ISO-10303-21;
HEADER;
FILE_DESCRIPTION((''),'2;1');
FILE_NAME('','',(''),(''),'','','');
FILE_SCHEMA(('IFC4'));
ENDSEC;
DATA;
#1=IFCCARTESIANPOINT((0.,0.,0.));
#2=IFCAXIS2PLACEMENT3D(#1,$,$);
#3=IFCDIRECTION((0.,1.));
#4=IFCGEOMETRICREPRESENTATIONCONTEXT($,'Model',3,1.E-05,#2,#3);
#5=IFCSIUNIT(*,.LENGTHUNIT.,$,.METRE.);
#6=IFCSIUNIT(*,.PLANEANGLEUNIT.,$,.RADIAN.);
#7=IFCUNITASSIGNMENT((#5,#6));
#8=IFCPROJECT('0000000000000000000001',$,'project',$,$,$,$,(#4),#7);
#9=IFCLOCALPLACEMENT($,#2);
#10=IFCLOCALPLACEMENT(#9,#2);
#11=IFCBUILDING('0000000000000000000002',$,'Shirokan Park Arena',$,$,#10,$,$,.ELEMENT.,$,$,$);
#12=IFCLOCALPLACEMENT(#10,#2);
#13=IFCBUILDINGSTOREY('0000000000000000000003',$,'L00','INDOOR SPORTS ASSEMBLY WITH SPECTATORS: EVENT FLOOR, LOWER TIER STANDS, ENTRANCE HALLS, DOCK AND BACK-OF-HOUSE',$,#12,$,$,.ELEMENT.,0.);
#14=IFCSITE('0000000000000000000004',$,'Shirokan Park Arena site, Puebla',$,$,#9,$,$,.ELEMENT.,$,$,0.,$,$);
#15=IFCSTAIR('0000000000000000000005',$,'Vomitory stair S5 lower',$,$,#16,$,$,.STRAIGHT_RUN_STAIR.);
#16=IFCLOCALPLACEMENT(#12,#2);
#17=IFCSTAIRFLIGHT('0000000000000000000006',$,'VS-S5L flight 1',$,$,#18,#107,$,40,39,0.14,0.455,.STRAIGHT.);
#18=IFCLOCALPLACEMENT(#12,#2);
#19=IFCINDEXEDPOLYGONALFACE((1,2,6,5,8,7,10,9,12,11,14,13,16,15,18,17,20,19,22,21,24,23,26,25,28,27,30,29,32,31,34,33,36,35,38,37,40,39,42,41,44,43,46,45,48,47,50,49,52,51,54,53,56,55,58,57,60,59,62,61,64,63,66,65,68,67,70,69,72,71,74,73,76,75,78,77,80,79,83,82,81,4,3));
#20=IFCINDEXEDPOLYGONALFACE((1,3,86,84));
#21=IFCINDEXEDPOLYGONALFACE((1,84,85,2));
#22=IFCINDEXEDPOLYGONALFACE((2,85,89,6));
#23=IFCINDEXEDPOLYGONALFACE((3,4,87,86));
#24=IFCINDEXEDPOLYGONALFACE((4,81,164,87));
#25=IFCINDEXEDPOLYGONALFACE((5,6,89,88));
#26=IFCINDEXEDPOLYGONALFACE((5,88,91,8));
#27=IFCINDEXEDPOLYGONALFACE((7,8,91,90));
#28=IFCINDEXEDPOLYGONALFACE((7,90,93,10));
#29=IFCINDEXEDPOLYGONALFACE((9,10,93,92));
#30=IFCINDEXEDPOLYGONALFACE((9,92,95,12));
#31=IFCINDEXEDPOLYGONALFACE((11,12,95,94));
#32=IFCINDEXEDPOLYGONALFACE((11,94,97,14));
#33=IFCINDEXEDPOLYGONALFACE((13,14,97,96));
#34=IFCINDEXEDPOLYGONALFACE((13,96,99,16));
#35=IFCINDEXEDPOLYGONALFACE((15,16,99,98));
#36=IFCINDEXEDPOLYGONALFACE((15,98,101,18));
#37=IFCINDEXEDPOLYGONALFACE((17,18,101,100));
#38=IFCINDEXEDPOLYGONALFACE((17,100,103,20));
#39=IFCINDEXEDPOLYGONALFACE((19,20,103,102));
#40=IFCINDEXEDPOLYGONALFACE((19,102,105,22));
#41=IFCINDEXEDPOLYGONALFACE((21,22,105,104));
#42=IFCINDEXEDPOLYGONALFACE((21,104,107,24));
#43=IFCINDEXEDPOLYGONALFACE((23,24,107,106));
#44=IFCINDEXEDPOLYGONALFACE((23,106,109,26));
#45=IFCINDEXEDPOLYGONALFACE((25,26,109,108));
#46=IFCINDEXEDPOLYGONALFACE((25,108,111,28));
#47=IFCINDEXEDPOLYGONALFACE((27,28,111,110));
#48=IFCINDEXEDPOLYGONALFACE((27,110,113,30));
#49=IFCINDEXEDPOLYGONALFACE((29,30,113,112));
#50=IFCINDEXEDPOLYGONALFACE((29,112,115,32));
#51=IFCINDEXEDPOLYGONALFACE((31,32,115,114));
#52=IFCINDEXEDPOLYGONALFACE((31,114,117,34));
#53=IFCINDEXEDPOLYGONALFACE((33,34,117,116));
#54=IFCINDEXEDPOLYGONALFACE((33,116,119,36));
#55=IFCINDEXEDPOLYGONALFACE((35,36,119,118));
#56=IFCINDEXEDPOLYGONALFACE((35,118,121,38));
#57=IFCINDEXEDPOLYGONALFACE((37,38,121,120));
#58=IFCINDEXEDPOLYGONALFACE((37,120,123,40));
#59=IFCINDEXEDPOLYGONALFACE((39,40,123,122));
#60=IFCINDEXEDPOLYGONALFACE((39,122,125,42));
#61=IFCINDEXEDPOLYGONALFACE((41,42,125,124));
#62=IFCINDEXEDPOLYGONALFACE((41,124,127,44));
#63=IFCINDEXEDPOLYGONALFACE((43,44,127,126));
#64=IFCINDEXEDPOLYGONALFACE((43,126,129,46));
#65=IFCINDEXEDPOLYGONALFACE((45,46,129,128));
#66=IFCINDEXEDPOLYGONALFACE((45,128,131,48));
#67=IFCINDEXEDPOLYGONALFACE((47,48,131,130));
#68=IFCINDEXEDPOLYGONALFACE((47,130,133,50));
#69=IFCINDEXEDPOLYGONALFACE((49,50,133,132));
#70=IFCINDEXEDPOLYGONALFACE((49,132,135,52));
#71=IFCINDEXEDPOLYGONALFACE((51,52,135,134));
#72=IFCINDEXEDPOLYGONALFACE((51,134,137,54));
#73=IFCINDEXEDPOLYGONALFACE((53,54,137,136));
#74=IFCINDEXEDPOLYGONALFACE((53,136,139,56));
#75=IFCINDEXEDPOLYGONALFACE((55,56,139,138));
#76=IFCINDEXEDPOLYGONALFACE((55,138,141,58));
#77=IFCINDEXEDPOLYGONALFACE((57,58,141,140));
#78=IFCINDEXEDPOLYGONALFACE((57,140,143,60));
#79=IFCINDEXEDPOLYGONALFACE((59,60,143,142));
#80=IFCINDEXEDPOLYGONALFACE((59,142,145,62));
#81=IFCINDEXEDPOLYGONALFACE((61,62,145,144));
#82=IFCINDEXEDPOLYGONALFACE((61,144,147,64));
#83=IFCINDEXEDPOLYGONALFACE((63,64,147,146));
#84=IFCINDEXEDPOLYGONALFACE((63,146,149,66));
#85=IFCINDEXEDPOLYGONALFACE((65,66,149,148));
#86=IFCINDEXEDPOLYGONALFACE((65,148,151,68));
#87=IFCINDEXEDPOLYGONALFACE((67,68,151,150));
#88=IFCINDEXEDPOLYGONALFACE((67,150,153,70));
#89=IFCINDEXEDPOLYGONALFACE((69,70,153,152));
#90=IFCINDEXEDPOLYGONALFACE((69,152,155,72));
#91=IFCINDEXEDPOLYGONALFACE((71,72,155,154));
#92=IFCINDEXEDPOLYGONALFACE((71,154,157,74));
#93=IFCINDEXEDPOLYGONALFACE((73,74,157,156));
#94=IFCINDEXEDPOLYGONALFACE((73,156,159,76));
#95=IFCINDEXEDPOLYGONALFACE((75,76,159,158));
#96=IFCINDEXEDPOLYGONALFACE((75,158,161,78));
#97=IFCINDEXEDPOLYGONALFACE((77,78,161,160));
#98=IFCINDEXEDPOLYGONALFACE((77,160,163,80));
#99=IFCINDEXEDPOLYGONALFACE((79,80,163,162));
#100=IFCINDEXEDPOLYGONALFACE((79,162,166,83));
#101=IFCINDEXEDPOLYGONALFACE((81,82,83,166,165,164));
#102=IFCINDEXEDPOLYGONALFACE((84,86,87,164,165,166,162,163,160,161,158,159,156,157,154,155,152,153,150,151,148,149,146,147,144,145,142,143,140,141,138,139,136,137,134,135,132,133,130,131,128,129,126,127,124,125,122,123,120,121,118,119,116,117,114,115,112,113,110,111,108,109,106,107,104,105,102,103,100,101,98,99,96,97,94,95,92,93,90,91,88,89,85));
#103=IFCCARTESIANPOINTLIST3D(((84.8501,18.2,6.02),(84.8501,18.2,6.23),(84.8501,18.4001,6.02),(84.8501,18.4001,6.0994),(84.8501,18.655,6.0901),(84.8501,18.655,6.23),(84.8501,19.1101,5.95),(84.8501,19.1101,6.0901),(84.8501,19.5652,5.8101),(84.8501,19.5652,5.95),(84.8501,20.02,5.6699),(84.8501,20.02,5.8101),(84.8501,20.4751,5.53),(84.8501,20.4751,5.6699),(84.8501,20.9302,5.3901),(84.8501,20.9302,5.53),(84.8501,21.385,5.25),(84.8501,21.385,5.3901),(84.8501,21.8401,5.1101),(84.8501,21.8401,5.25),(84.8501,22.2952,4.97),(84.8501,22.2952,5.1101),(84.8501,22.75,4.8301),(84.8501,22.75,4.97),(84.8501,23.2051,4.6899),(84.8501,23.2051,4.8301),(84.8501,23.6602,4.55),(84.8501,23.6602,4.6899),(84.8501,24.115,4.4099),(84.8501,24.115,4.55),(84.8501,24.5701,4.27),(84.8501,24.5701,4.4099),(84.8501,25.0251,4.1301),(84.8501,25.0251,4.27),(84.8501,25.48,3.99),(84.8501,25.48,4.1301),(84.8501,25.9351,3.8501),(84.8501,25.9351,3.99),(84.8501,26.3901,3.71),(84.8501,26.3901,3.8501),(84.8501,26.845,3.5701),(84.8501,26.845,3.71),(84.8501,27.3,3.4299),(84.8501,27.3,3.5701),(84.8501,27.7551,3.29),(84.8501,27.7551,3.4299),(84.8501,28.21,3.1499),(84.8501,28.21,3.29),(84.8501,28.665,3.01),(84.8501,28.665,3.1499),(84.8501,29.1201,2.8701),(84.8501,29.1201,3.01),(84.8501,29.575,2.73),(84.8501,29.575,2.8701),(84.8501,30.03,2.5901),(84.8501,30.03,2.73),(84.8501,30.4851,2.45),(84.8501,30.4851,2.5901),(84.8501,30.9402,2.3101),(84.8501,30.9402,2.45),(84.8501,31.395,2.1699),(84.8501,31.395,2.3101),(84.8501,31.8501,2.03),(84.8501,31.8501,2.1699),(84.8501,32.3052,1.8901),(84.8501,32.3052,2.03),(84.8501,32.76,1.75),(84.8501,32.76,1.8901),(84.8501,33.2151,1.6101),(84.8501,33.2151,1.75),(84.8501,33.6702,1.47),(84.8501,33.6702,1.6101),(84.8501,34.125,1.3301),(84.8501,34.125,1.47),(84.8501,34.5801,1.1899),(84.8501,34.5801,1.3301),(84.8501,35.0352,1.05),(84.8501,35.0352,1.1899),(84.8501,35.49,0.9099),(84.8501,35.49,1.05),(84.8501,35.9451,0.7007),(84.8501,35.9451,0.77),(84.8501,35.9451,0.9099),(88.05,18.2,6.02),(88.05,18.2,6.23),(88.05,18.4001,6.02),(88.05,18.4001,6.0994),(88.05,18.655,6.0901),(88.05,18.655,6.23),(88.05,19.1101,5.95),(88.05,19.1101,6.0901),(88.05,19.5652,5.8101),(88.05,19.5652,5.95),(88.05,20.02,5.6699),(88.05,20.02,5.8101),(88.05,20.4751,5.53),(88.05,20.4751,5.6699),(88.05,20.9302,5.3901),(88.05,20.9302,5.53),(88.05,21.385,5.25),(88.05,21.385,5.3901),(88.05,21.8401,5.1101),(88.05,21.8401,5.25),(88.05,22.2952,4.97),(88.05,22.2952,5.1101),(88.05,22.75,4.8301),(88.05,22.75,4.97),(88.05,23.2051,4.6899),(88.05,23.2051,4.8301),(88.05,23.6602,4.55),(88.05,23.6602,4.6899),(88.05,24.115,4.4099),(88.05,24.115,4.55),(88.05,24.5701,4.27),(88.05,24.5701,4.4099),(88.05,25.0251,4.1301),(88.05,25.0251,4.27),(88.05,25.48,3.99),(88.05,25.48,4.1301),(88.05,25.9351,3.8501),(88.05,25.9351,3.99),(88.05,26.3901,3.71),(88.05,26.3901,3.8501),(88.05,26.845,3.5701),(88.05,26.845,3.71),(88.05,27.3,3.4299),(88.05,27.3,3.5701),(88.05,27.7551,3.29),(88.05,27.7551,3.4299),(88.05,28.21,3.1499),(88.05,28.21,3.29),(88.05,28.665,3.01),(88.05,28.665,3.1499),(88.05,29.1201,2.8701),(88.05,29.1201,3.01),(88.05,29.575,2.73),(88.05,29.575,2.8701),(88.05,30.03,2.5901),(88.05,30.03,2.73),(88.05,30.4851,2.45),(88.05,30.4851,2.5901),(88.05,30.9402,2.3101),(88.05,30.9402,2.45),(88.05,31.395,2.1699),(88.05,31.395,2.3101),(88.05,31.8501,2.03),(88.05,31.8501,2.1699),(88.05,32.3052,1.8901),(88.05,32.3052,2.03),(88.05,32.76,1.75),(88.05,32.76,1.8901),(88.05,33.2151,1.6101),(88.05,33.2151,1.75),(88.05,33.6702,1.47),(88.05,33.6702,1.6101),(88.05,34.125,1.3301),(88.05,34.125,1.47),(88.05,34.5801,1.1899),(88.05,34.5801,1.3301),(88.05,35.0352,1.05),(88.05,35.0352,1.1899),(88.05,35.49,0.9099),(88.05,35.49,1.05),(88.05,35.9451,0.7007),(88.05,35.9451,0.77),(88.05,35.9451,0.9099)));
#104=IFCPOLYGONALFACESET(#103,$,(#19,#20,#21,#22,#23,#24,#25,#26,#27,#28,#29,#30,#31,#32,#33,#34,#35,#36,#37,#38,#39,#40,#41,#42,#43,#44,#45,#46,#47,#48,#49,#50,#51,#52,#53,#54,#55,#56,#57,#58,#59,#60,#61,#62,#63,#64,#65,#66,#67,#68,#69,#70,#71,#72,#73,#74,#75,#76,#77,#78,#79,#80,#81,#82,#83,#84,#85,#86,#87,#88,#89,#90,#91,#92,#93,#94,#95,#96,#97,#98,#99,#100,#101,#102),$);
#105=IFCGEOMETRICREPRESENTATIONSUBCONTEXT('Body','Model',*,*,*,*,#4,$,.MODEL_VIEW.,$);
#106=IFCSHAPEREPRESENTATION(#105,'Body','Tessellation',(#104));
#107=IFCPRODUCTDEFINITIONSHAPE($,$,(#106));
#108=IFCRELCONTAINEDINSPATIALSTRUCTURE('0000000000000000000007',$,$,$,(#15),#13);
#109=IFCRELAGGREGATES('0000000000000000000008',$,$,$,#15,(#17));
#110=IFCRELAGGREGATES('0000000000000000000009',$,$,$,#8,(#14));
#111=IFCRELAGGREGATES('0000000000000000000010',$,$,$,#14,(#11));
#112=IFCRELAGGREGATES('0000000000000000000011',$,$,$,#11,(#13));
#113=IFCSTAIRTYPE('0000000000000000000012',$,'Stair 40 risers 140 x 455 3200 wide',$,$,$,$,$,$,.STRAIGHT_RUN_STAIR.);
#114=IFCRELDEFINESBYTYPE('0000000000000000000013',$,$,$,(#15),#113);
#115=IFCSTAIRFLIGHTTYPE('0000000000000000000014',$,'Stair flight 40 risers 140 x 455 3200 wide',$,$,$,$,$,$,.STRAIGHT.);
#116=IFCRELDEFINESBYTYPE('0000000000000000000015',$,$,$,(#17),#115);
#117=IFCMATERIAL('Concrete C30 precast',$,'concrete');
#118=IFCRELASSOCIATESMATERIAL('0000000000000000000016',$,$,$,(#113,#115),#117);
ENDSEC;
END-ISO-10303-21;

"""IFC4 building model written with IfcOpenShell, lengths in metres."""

from ifc_helpers import new_model, si_unit, direction, frame, origin, place, context, subcontext, project, spatial, polyline, outline, extrude, material, type_object, element, aggregate, save


model = new_model("IFC4")

# Units and contexts
model_context = context("Model", 3, precision=1e-05, world=origin(), true_north=direction((0.0, 1.0)))
body_context = subcontext(model_context, "Body", "Model", "MODEL_VIEW")
ifc_project = project(units=[si_unit("LENGTHUNIT", "METRE"), si_unit("PLANEANGLEUNIT", "RADIAN")], contexts=[model_context])

# Site, building, storey
site_placement = place(None, origin())
site = spatial("IfcSite", under=ifc_project, at=site_placement, Name="Shirokan Park Arena site, Puebla", CompositionType="ELEMENT", RefElevation=0.0)
building_placement = place(site_placement, origin())
building = spatial("IfcBuilding", under=site, at=building_placement, Name="Shirokan Park Arena", CompositionType="ELEMENT")
storey_placement = place(building_placement, origin())
storey = spatial("IfcBuildingStorey", under=building, at=storey_placement, Name="L00", Description="INDOOR SPORTS ASSEMBLY WITH SPECTATORS: EVENT FLOOR, LOWER TIER STANDS, ENTRANCE HALLS, DOCK AND BACK-OF-HOUSE", CompositionType="ELEMENT", Elevation=0.0)

# Stair, stair flight
ifc_material_1 = material(Name="Concrete C30 precast", Category="concrete")
stair_type = type_object("IfcStairType", Name="Stair 40 risers 140 x 455 3200 wide", PredefinedType="STRAIGHT_RUN_STAIR", material=ifc_material_1)
stair_1_placement = place(storey_placement, origin())
stair_1 = element("IfcStair", 1, at=stair_1_placement, inside=storey, type_object=stair_type, Name="Vomitory stair S5 lower", PredefinedType="STRAIGHT_RUN_STAIR")
stair_flight_type = type_object("IfcStairFlightType", Name="Stair flight 40 risers 140 x 455 3200 wide", PredefinedType="STRAIGHT", material=ifc_material_1)
stair_flight_1_placement = place(storey_placement, frame((86.45, 35.9451, 0.77), z_axis=(0.0, 0.0, 1.0), x_axis=(0.0, -1.0, 0.0)))
stair_flight_1 = element("IfcStairFlight", 2, at=stair_flight_1_placement, type_object=stair_flight_type, Name="VS-S5L flight 1", NumberOfRisers=40, NumberOfTreads=39, PredefinedType="STRAIGHT", RiserHeight=0.14, TreadLength=0.455, context=body_context, shape_type="SweptSolid", body=[
    extrude(outline(polyline([(0.0, -0.0693), (0.0, 0.0), (0.0, 0.1399), (0.4551, 0.1399), (0.4551, 0.28), (0.9099, 0.28), (0.9099, 0.4199), (1.365, 0.4199), (1.365, 0.5601), (1.8201, 0.5601), (1.8201, 0.7), (2.2749, 0.7), (2.2749, 0.8401), (2.73, 0.8401), (2.73, 0.98), (3.1851, 0.98), (3.1851, 1.1201), (3.6399, 1.1201), (3.6399, 1.26), (4.095, 1.26), (4.095, 1.3999), (4.55, 1.3999), (4.55, 1.54), (5.0049, 1.54), (5.0049, 1.6799), (5.46, 1.6799), (5.46, 1.8201), (5.915, 1.8201), (5.915, 1.96), (6.3701, 1.96), (6.3701, 2.1001), (6.825, 2.1001), (6.825, 2.24), (7.28, 2.24), (7.28, 2.3799), (7.7351, 2.3799), (7.7351, 2.52), (8.1899, 2.52), (8.1899, 2.6599), (8.645, 2.6599), (8.645, 2.8), (9.1001, 2.8), (9.1001, 2.9399), (9.5549, 2.9399), (9.5549, 3.0801), (10.01, 3.0801), (10.01, 3.22), (10.4651, 3.22), (10.4651, 3.3601), (10.9199, 3.3601), (10.9199, 3.5), (11.375, 3.5), (11.375, 3.6399), (11.8301, 3.6399), (11.8301, 3.78), (12.2849, 3.78), (12.2849, 3.9199), (12.74, 3.9199), (12.74, 4.0601), (13.1951, 4.0601), (13.1951, 4.2), (13.6499, 4.2), (13.6499, 4.3401), (14.105, 4.3401), (14.105, 4.48), (14.5601, 4.48), (14.5601, 4.6201), (15.0149, 4.6201), (15.0149, 4.76), (15.47, 4.76), (15.47, 4.8999), (15.925, 4.8999), (15.925, 5.04), (16.3799, 5.04), (16.3799, 5.1799), (16.835, 5.1799), (16.835, 5.3201), (17.29, 5.3201), (17.29, 5.46), (17.7451, 5.46), (17.7451, 5.6001), (17.7451, 5.25), (17.5449, 5.25), (17.5449, 5.3293), (0.0, -0.0693)])), frame((0.0, 1.6001, 0.0), z_axis=(0.0, -1.0, 0.0), x_axis=(1.0, 0.0, 0.0)), (0.0, 0.0, 1.0), 3.2),
])
aggregate(stair_1, [stair_flight_1])

save(model, "model.ifc")
